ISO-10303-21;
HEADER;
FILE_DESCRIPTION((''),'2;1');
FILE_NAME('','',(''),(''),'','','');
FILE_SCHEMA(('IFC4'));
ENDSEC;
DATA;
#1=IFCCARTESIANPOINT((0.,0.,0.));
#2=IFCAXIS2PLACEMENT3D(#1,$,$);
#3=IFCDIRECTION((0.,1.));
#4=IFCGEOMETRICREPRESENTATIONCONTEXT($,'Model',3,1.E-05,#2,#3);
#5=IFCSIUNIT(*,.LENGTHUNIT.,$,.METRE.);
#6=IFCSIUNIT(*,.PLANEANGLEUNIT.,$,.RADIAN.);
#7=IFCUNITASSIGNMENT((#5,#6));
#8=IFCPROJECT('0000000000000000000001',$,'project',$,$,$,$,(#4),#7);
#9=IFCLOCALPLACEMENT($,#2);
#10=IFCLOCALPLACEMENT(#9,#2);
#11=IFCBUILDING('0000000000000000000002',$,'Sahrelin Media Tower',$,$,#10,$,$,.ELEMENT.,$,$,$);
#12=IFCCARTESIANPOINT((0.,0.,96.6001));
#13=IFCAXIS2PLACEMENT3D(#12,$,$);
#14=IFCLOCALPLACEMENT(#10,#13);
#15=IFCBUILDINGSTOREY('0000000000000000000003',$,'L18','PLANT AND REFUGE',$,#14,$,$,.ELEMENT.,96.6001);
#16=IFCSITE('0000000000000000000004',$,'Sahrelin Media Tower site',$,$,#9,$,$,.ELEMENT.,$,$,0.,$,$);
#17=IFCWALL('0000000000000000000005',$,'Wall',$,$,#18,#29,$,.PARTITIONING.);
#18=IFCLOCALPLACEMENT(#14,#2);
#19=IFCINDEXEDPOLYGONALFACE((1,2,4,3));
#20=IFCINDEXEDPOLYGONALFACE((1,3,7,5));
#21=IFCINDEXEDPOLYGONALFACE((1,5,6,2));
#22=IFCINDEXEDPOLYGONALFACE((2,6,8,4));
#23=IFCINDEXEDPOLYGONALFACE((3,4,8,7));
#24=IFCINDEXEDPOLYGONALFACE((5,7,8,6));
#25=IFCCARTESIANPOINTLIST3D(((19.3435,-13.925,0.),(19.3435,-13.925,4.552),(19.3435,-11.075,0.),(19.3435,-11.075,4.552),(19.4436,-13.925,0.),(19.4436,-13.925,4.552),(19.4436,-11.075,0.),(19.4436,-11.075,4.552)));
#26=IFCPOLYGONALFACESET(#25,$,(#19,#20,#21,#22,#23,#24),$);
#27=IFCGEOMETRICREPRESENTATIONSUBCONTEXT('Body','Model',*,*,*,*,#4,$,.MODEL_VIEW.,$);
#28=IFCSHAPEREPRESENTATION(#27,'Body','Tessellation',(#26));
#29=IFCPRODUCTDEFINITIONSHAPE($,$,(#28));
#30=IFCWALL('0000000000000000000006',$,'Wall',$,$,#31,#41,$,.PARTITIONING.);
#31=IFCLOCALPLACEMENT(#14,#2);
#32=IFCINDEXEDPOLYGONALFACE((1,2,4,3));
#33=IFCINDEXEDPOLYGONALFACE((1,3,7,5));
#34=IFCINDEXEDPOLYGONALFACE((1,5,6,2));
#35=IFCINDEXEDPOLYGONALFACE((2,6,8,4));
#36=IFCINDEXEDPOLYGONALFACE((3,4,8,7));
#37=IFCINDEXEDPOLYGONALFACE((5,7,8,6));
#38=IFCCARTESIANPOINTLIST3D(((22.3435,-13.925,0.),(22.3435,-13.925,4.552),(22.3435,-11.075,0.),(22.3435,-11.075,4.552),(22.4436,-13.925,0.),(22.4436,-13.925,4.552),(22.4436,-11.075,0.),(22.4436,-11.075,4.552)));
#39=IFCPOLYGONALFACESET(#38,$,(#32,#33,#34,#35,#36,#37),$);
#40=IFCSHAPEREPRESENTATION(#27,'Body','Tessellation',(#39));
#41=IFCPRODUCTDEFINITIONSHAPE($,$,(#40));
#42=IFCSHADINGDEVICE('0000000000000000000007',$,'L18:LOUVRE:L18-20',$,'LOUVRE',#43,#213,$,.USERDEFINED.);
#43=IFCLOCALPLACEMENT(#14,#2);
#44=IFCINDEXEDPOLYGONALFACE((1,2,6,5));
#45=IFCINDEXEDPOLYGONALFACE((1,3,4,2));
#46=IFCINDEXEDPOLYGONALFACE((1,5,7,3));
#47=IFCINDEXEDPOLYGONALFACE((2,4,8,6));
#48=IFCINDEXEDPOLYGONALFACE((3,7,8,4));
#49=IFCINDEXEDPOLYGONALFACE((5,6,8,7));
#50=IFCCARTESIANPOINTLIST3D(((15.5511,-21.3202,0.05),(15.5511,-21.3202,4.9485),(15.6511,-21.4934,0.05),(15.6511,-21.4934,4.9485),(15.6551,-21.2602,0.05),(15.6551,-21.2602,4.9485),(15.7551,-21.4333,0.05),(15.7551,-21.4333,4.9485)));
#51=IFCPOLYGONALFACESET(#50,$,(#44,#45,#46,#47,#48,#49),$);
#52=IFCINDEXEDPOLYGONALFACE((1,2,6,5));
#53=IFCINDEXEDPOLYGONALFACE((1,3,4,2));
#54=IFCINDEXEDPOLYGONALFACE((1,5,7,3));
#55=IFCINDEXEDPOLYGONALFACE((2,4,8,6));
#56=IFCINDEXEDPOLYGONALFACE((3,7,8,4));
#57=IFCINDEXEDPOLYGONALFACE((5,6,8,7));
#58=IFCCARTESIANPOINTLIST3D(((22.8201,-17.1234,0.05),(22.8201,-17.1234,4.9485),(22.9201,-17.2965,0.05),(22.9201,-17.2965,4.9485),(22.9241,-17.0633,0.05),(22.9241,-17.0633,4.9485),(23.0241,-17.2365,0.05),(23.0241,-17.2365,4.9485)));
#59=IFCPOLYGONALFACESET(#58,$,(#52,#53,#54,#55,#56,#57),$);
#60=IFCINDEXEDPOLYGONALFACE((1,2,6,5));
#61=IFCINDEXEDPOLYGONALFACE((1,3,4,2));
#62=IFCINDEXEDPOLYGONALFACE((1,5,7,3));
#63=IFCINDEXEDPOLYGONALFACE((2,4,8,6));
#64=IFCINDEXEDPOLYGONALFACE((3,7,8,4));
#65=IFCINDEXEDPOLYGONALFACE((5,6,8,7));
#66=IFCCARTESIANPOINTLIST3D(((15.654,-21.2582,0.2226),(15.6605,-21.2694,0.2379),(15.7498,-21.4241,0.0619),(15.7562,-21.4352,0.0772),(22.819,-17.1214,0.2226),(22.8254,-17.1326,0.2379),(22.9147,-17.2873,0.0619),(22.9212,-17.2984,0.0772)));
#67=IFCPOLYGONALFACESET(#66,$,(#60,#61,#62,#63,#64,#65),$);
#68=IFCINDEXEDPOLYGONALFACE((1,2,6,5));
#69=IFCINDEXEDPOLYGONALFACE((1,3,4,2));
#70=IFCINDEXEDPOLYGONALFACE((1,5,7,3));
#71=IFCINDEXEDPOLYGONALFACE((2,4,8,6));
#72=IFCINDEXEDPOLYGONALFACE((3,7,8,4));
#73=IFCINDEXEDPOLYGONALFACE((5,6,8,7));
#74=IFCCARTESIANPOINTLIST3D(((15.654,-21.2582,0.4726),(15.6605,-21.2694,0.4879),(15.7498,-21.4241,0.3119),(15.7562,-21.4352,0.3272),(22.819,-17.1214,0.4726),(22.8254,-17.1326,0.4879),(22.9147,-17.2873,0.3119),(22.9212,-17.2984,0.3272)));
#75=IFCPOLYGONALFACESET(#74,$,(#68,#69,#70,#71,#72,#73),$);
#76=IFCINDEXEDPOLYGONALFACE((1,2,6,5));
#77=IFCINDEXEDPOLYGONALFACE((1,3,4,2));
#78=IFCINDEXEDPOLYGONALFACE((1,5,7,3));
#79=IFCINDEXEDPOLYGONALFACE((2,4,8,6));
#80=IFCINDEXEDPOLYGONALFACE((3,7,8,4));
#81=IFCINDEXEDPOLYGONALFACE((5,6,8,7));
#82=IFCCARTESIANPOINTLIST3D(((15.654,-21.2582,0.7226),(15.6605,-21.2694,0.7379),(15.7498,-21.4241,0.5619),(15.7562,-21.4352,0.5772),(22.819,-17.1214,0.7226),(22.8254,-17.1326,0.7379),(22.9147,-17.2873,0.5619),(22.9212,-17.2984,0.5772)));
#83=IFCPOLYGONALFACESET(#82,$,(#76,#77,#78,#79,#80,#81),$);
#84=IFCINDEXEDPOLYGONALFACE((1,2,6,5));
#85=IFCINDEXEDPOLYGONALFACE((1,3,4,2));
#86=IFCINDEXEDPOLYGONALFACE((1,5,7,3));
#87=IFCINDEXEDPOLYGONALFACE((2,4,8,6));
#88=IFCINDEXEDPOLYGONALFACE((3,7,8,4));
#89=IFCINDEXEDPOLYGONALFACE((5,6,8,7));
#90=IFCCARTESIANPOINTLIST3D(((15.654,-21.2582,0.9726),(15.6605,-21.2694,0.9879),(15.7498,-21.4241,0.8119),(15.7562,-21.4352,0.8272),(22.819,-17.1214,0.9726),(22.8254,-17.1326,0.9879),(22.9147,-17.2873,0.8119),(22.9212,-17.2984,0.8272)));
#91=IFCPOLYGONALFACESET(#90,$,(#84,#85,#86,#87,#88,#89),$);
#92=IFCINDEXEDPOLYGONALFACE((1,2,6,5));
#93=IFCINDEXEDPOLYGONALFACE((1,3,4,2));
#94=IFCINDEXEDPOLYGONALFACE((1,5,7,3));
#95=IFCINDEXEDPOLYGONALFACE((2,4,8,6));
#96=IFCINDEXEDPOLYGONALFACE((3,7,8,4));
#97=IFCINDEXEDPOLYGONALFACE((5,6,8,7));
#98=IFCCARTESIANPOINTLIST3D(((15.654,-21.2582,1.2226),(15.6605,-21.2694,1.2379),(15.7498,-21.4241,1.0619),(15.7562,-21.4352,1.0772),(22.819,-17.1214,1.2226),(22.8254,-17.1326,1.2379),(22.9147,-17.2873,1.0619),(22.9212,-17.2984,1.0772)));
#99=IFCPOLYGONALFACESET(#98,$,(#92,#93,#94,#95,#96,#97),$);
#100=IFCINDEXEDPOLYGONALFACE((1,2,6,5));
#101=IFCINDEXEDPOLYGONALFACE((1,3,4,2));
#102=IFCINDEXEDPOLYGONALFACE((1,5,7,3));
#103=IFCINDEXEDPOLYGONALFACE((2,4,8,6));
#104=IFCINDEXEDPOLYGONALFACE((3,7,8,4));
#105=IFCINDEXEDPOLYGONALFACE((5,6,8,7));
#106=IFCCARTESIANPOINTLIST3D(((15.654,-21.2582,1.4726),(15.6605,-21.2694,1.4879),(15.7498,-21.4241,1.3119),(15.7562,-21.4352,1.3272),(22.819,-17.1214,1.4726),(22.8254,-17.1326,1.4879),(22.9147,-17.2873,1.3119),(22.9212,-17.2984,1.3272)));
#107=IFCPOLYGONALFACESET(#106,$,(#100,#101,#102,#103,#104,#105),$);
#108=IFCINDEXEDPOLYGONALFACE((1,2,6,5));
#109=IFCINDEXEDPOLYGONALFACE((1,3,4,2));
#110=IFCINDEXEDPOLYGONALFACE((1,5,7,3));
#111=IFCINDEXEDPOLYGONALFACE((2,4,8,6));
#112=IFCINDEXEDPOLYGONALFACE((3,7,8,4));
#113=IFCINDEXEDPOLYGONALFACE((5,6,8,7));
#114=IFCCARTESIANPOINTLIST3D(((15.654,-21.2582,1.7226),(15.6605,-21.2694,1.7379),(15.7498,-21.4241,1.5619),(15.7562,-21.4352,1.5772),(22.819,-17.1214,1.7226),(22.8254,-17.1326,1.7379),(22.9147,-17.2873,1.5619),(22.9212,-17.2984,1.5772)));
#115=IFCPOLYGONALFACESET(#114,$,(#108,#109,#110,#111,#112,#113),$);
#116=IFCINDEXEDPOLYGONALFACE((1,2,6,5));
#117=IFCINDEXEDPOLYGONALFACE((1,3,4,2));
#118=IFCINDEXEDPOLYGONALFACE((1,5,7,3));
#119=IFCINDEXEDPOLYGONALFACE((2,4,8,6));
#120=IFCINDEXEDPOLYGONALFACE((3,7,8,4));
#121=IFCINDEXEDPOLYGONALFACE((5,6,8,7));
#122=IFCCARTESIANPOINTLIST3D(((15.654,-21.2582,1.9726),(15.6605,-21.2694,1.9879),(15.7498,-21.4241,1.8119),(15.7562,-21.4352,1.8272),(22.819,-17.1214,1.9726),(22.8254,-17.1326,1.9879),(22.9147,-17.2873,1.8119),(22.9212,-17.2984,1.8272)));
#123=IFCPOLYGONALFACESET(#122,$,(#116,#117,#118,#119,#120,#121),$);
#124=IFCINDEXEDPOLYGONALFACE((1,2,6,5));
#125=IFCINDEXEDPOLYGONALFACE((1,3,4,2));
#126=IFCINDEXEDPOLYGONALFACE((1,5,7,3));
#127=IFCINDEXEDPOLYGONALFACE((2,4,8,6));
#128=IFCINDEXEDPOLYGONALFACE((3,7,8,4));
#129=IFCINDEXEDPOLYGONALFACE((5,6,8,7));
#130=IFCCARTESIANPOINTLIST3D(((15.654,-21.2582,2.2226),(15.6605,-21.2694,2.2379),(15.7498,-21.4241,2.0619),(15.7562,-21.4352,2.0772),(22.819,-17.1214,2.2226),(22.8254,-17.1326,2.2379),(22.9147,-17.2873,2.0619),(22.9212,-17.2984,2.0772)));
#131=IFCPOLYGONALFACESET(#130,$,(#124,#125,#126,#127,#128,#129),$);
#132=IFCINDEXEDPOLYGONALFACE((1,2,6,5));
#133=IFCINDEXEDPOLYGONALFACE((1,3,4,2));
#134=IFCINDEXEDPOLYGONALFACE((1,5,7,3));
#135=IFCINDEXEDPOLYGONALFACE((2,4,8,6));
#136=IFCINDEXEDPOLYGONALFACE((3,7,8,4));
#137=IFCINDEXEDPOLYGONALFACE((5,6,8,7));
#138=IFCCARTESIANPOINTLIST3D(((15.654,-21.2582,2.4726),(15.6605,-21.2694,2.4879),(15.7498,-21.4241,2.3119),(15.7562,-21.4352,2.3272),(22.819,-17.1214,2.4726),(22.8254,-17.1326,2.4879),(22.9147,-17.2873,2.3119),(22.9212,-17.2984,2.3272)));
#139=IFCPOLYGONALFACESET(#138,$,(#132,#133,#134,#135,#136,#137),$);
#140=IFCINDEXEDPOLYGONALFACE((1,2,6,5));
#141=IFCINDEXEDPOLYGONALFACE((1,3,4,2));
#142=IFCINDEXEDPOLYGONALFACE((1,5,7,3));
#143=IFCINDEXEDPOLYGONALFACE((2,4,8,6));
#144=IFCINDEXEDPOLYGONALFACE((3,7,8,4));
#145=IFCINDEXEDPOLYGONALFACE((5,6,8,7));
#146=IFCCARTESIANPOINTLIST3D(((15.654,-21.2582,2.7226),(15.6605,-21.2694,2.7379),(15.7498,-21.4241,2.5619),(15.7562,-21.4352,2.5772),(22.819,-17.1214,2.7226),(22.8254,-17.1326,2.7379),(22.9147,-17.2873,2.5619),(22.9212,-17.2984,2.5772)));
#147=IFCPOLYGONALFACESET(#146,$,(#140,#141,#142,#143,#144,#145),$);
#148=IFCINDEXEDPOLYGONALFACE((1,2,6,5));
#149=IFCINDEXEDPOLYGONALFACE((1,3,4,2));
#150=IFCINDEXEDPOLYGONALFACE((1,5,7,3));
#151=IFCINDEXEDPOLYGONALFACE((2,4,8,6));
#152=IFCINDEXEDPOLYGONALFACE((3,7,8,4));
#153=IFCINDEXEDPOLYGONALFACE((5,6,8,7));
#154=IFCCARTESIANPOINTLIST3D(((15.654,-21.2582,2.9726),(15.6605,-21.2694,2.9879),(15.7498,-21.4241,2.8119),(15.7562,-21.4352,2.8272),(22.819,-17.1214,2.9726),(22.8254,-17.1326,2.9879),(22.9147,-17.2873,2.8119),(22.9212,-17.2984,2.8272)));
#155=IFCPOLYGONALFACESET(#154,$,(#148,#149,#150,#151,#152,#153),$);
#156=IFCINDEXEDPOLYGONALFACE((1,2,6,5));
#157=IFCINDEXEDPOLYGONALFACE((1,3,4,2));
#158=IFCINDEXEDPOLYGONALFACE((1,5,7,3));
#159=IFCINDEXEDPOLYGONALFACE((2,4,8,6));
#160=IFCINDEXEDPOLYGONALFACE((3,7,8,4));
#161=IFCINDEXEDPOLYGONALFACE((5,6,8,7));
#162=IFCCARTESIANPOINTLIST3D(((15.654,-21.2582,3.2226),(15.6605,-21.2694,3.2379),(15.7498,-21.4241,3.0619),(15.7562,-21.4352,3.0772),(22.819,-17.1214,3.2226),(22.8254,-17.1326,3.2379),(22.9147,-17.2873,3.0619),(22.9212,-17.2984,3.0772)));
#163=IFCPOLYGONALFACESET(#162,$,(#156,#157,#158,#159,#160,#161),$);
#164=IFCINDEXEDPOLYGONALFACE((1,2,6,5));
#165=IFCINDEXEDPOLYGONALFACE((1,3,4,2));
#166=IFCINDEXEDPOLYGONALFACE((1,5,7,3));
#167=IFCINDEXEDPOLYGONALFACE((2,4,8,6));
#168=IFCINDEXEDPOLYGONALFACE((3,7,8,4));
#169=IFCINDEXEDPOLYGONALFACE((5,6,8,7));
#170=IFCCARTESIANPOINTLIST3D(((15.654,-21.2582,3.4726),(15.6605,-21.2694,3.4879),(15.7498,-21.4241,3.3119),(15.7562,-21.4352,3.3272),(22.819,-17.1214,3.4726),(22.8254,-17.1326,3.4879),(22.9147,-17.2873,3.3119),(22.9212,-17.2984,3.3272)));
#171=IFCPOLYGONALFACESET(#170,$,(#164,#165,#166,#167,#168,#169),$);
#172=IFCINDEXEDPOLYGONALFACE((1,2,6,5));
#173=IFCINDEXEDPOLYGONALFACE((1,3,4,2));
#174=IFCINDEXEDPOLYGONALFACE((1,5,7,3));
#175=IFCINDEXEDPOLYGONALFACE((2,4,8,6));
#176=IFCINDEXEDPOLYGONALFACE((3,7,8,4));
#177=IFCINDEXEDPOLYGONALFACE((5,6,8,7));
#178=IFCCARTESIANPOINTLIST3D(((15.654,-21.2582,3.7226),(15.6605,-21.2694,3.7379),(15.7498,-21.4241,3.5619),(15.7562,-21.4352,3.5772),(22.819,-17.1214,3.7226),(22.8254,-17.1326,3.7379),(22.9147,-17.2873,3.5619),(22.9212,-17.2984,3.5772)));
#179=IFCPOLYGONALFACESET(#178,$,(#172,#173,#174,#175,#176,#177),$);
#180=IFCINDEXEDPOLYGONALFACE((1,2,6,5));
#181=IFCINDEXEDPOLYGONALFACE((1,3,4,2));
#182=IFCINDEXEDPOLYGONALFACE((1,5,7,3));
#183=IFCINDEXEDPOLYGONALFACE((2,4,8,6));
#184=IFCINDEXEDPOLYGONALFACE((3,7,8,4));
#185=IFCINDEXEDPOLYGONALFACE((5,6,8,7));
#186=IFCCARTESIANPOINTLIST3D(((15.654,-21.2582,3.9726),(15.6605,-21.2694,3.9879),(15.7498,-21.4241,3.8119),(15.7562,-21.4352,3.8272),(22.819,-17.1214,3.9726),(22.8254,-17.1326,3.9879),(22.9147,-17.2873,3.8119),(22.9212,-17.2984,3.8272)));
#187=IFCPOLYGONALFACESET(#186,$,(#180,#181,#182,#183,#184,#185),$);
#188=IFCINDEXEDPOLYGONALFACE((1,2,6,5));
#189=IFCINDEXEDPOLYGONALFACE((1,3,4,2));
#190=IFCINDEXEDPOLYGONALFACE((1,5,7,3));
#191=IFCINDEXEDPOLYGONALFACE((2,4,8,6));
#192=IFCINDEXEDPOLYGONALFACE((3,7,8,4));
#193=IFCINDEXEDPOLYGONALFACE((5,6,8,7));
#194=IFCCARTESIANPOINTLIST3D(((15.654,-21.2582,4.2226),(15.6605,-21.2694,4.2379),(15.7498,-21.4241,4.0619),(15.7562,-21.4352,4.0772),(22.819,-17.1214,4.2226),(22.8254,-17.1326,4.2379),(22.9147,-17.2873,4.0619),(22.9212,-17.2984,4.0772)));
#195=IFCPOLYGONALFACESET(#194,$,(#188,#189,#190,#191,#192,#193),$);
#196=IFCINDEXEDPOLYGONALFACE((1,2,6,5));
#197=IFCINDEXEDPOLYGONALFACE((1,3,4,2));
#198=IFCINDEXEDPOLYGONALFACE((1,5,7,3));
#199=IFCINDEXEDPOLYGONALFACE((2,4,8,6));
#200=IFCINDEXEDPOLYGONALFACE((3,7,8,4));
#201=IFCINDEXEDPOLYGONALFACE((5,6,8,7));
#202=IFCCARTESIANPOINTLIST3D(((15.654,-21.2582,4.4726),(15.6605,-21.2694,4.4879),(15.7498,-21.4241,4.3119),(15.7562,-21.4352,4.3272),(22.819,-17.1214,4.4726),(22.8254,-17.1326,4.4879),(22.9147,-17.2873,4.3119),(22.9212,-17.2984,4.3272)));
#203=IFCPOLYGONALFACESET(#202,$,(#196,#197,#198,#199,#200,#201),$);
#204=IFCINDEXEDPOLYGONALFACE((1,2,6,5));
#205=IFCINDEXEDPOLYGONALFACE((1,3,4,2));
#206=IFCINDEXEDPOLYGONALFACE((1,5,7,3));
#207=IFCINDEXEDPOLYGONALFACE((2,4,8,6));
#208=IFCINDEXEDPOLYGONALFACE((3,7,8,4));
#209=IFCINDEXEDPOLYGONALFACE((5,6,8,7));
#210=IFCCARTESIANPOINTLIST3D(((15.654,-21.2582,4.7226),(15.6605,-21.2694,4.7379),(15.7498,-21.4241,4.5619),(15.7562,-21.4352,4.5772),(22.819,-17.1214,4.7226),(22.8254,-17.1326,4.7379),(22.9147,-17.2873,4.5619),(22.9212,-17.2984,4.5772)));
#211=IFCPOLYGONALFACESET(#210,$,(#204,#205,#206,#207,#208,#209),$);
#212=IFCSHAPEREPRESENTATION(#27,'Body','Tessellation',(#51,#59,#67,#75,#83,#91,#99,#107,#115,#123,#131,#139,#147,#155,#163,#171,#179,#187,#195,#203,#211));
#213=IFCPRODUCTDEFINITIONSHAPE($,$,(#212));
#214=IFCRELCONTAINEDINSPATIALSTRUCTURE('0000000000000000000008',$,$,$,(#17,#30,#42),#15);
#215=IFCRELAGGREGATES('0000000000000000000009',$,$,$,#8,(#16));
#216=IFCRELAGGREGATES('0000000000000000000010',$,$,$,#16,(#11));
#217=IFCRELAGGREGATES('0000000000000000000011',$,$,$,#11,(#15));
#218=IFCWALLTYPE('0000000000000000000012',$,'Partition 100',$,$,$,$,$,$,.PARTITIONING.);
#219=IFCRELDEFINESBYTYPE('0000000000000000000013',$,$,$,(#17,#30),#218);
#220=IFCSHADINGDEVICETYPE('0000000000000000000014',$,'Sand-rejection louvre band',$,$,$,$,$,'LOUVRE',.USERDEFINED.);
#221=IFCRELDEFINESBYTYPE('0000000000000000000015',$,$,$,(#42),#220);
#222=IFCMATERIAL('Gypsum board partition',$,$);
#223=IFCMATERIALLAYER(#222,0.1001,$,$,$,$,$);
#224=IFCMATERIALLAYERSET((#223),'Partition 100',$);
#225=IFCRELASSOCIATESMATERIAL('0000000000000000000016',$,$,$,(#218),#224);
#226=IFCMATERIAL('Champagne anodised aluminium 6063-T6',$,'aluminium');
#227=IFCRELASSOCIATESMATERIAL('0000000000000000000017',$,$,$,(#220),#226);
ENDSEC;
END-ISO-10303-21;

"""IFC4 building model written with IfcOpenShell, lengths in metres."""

from ifc_helpers import new_model, si_unit, direction, frame, frame_2d, origin, origin_2d, place, context, subcontext, project, spatial, rectangle, extrude, material, layer, layer_set, type_object, element, save


model = new_model("IFC4")

# Units and contexts
model_context = context("Model", 3, precision=1e-05, world=origin(), true_north=direction((0.0, 1.0)))
body_context = subcontext(model_context, "Body", "Model", "MODEL_VIEW")
ifc_project = project(units=[si_unit("LENGTHUNIT", "METRE"), si_unit("PLANEANGLEUNIT", "RADIAN")], contexts=[model_context])

# Site, building, storey
site_placement = place(None, origin())
site = spatial("IfcSite", under=ifc_project, at=site_placement, Name="Sahrelin Media Tower site", CompositionType="ELEMENT", RefElevation=0.0)
building_placement = place(site_placement, origin())
building = spatial("IfcBuilding", under=site, at=building_placement, Name="Sahrelin Media Tower", CompositionType="ELEMENT")
storey_placement = place(building_placement, frame((0.0, 0.0, 96.6001)))
storey = spatial("IfcBuildingStorey", under=building, at=storey_placement, Name="L18", Description="PLANT AND REFUGE", CompositionType="ELEMENT", Elevation=96.6001)

# Walls
ifc_material_1 = material(Name="Gypsum board partition")
ifc_layer_1 = layer(ifc_material_1, 0.1001)
ifc_layer_set_1 = layer_set([ifc_layer_1], Name="Partition 100")
wall_type_1 = type_object("IfcWallType", Name="Partition 100", PredefinedType="PARTITIONING", material=ifc_layer_set_1)
for number, where, z_axis, x_axis, name in (
    (1, (19.3936, -13.925, 0.0), (0.0, 0.0, 1.0), (0.0, 1.0, 0.0), "Wall"),
    (2, (22.3936, -13.925, 0.0), (0.0, 0.0, 1.0), (0.0, 1.0, 0.0), "Wall"),
):
    element("IfcWall", number, at=place(storey_placement, frame(where, z_axis=z_axis, x_axis=x_axis)), inside=storey, type_object=wall_type_1, Name=name, PredefinedType="PARTITIONING", context=body_context, shape_type="SweptSolid", body=[
        extrude(rectangle(XDim=2.8501, YDim=0.1001, at=frame_2d((1.425, 0.0))), origin(), (0.0, 0.0, 1.0), 4.552),
    ])

# Shading device
ifc_material_2 = material(Name="Champagne anodised aluminium 6063-T6", Category="aluminium")
shading_device_type = type_object("IfcShadingDeviceType", Name="Sand-rejection louvre band", ElementType="LOUVRE", PredefinedType="USERDEFINED", material=ifc_material_2)
shading_device_placement = place(storey_placement, frame((19.2375, -19.1917, 0.0), z_axis=(0.0, 0.0, 1.0), x_axis=(-0.866019, -0.500011, 0.0)))
element("IfcShadingDevice", 3, at=shading_device_placement, inside=storey, type_object=shading_device_type, Name="L18:LOUVRE:L18-20", ObjectType="LOUVRE", PredefinedType="USERDEFINED", context=body_context, shape_type="SweptSolid", body=[
    extrude(rectangle(XDim=0.1201, YDim=0.2, at=origin_2d()), frame((4.1968, 0.1001, 0.05), z_axis=(0.0, 0.0, 1.0), x_axis=(1.0, 0.0, 0.0)), (0.0, 0.0, 1.0), 4.8984),
    extrude(rectangle(XDim=0.1201, YDim=0.2, at=origin_2d()), frame((-4.1968, 0.1001, 0.05), z_axis=(0.0, 0.0, 1.0), x_axis=(1.0, 0.0, 0.0)), (0.0, 0.0, 1.0), 4.8984),
    extrude(rectangle(XDim=0.25, YDim=0.02, at=origin_2d()), frame((4.1367, 0.1001, 0.1499), z_axis=(-1.0, 0.0, 0.0), x_axis=(0.0, -0.766044, 0.642788)), (0.0, 0.0, 1.0), 8.2734),
    extrude(rectangle(XDim=0.25, YDim=0.02, at=origin_2d()), frame((4.1367, 0.1001, 0.3999), z_axis=(-1.0, 0.0, 0.0), x_axis=(0.0, -0.766044, 0.642788)), (0.0, 0.0, 1.0), 8.2734),
    extrude(rectangle(XDim=0.25, YDim=0.02, at=origin_2d()), frame((4.1367, 0.1001, 0.6499), z_axis=(-1.0, 0.0, 0.0), x_axis=(0.0, -0.766044, 0.642788)), (0.0, 0.0, 1.0), 8.2734),
    extrude(rectangle(XDim=0.25, YDim=0.02, at=origin_2d()), frame((4.1367, 0.1001, 0.8999), z_axis=(-1.0, 0.0, 0.0), x_axis=(0.0, -0.766044, 0.642788)), (0.0, 0.0, 1.0), 8.2734),
    extrude(rectangle(XDim=0.25, YDim=0.02, at=origin_2d()), frame((4.1367, 0.1001, 1.1499), z_axis=(-1.0, 0.0, 0.0), x_axis=(0.0, -0.766044, 0.642788)), (0.0, 0.0, 1.0), 8.2734),
    extrude(rectangle(XDim=0.25, YDim=0.02, at=origin_2d()), frame((4.1367, 0.1001, 1.3999), z_axis=(-1.0, 0.0, 0.0), x_axis=(0.0, -0.766044, 0.642788)), (0.0, 0.0, 1.0), 8.2734),
    extrude(rectangle(XDim=0.25, YDim=0.02, at=origin_2d()), frame((4.1367, 0.1001, 1.6499), z_axis=(-1.0, 0.0, 0.0), x_axis=(0.0, -0.766044, 0.642788)), (0.0, 0.0, 1.0), 8.2734),
    extrude(rectangle(XDim=0.25, YDim=0.02, at=origin_2d()), frame((4.1367, 0.1001, 1.8999), z_axis=(-1.0, 0.0, 0.0), x_axis=(0.0, -0.766044, 0.642788)), (0.0, 0.0, 1.0), 8.2734),
    extrude(rectangle(XDim=0.25, YDim=0.02, at=origin_2d()), frame((4.1367, 0.1001, 2.1499), z_axis=(-1.0, 0.0, 0.0), x_axis=(0.0, -0.766044, 0.642788)), (0.0, 0.0, 1.0), 8.2734),
    extrude(rectangle(XDim=0.25, YDim=0.02, at=origin_2d()), frame((4.1367, 0.1001, 2.3999), z_axis=(-1.0, 0.0, 0.0), x_axis=(0.0, -0.766044, 0.642788)), (0.0, 0.0, 1.0), 8.2734),
    extrude(rectangle(XDim=0.25, YDim=0.02, at=origin_2d()), frame((4.1367, 0.1001, 2.6499), z_axis=(-1.0, 0.0, 0.0), x_axis=(0.0, -0.766044, 0.642788)), (0.0, 0.0, 1.0), 8.2734),
    extrude(rectangle(XDim=0.25, YDim=0.02, at=origin_2d()), frame((4.1367, 0.1001, 2.8999), z_axis=(-1.0, 0.0, 0.0), x_axis=(0.0, -0.766044, 0.642788)), (0.0, 0.0, 1.0), 8.2734),
    extrude(rectangle(XDim=0.25, YDim=0.02, at=origin_2d()), frame((4.1367, 0.1001, 3.1499), z_axis=(-1.0, 0.0, 0.0), x_axis=(0.0, -0.766044, 0.642788)), (0.0, 0.0, 1.0), 8.2734),
    extrude(rectangle(XDim=0.25, YDim=0.02, at=origin_2d()), frame((4.1367, 0.1001, 3.3999), z_axis=(-1.0, 0.0, 0.0), x_axis=(0.0, -0.766044, 0.642788)), (0.0, 0.0, 1.0), 8.2734),
    extrude(rectangle(XDim=0.25, YDim=0.02, at=origin_2d()), frame((4.1367, 0.1001, 3.6499), z_axis=(-1.0, 0.0, 0.0), x_axis=(0.0, -0.766044, 0.642788)), (0.0, 0.0, 1.0), 8.2734),
    extrude(rectangle(XDim=0.25, YDim=0.02, at=origin_2d()), frame((4.1367, 0.1001, 3.8999), z_axis=(-1.0, 0.0, 0.0), x_axis=(0.0, -0.766044, 0.642788)), (0.0, 0.0, 1.0), 8.2734),
    extrude(rectangle(XDim=0.25, YDim=0.02, at=origin_2d()), frame((4.1367, 0.1001, 4.1499), z_axis=(-1.0, 0.0, 0.0), x_axis=(0.0, -0.766044, 0.642788)), (0.0, 0.0, 1.0), 8.2734),
    extrude(rectangle(XDim=0.25, YDim=0.02, at=origin_2d()), frame((4.1367, 0.1001, 4.3999), z_axis=(-1.0, 0.0, 0.0), x_axis=(0.0, -0.766044, 0.642788)), (0.0, 0.0, 1.0), 8.2734),
    extrude(rectangle(XDim=0.25, YDim=0.02, at=origin_2d()), frame((4.1367, 0.1001, 4.6499), z_axis=(-1.0, 0.0, 0.0), x_axis=(0.0, -0.766044, 0.642788)), (0.0, 0.0, 1.0), 8.2734),
])

save(model, "model.ifc")
